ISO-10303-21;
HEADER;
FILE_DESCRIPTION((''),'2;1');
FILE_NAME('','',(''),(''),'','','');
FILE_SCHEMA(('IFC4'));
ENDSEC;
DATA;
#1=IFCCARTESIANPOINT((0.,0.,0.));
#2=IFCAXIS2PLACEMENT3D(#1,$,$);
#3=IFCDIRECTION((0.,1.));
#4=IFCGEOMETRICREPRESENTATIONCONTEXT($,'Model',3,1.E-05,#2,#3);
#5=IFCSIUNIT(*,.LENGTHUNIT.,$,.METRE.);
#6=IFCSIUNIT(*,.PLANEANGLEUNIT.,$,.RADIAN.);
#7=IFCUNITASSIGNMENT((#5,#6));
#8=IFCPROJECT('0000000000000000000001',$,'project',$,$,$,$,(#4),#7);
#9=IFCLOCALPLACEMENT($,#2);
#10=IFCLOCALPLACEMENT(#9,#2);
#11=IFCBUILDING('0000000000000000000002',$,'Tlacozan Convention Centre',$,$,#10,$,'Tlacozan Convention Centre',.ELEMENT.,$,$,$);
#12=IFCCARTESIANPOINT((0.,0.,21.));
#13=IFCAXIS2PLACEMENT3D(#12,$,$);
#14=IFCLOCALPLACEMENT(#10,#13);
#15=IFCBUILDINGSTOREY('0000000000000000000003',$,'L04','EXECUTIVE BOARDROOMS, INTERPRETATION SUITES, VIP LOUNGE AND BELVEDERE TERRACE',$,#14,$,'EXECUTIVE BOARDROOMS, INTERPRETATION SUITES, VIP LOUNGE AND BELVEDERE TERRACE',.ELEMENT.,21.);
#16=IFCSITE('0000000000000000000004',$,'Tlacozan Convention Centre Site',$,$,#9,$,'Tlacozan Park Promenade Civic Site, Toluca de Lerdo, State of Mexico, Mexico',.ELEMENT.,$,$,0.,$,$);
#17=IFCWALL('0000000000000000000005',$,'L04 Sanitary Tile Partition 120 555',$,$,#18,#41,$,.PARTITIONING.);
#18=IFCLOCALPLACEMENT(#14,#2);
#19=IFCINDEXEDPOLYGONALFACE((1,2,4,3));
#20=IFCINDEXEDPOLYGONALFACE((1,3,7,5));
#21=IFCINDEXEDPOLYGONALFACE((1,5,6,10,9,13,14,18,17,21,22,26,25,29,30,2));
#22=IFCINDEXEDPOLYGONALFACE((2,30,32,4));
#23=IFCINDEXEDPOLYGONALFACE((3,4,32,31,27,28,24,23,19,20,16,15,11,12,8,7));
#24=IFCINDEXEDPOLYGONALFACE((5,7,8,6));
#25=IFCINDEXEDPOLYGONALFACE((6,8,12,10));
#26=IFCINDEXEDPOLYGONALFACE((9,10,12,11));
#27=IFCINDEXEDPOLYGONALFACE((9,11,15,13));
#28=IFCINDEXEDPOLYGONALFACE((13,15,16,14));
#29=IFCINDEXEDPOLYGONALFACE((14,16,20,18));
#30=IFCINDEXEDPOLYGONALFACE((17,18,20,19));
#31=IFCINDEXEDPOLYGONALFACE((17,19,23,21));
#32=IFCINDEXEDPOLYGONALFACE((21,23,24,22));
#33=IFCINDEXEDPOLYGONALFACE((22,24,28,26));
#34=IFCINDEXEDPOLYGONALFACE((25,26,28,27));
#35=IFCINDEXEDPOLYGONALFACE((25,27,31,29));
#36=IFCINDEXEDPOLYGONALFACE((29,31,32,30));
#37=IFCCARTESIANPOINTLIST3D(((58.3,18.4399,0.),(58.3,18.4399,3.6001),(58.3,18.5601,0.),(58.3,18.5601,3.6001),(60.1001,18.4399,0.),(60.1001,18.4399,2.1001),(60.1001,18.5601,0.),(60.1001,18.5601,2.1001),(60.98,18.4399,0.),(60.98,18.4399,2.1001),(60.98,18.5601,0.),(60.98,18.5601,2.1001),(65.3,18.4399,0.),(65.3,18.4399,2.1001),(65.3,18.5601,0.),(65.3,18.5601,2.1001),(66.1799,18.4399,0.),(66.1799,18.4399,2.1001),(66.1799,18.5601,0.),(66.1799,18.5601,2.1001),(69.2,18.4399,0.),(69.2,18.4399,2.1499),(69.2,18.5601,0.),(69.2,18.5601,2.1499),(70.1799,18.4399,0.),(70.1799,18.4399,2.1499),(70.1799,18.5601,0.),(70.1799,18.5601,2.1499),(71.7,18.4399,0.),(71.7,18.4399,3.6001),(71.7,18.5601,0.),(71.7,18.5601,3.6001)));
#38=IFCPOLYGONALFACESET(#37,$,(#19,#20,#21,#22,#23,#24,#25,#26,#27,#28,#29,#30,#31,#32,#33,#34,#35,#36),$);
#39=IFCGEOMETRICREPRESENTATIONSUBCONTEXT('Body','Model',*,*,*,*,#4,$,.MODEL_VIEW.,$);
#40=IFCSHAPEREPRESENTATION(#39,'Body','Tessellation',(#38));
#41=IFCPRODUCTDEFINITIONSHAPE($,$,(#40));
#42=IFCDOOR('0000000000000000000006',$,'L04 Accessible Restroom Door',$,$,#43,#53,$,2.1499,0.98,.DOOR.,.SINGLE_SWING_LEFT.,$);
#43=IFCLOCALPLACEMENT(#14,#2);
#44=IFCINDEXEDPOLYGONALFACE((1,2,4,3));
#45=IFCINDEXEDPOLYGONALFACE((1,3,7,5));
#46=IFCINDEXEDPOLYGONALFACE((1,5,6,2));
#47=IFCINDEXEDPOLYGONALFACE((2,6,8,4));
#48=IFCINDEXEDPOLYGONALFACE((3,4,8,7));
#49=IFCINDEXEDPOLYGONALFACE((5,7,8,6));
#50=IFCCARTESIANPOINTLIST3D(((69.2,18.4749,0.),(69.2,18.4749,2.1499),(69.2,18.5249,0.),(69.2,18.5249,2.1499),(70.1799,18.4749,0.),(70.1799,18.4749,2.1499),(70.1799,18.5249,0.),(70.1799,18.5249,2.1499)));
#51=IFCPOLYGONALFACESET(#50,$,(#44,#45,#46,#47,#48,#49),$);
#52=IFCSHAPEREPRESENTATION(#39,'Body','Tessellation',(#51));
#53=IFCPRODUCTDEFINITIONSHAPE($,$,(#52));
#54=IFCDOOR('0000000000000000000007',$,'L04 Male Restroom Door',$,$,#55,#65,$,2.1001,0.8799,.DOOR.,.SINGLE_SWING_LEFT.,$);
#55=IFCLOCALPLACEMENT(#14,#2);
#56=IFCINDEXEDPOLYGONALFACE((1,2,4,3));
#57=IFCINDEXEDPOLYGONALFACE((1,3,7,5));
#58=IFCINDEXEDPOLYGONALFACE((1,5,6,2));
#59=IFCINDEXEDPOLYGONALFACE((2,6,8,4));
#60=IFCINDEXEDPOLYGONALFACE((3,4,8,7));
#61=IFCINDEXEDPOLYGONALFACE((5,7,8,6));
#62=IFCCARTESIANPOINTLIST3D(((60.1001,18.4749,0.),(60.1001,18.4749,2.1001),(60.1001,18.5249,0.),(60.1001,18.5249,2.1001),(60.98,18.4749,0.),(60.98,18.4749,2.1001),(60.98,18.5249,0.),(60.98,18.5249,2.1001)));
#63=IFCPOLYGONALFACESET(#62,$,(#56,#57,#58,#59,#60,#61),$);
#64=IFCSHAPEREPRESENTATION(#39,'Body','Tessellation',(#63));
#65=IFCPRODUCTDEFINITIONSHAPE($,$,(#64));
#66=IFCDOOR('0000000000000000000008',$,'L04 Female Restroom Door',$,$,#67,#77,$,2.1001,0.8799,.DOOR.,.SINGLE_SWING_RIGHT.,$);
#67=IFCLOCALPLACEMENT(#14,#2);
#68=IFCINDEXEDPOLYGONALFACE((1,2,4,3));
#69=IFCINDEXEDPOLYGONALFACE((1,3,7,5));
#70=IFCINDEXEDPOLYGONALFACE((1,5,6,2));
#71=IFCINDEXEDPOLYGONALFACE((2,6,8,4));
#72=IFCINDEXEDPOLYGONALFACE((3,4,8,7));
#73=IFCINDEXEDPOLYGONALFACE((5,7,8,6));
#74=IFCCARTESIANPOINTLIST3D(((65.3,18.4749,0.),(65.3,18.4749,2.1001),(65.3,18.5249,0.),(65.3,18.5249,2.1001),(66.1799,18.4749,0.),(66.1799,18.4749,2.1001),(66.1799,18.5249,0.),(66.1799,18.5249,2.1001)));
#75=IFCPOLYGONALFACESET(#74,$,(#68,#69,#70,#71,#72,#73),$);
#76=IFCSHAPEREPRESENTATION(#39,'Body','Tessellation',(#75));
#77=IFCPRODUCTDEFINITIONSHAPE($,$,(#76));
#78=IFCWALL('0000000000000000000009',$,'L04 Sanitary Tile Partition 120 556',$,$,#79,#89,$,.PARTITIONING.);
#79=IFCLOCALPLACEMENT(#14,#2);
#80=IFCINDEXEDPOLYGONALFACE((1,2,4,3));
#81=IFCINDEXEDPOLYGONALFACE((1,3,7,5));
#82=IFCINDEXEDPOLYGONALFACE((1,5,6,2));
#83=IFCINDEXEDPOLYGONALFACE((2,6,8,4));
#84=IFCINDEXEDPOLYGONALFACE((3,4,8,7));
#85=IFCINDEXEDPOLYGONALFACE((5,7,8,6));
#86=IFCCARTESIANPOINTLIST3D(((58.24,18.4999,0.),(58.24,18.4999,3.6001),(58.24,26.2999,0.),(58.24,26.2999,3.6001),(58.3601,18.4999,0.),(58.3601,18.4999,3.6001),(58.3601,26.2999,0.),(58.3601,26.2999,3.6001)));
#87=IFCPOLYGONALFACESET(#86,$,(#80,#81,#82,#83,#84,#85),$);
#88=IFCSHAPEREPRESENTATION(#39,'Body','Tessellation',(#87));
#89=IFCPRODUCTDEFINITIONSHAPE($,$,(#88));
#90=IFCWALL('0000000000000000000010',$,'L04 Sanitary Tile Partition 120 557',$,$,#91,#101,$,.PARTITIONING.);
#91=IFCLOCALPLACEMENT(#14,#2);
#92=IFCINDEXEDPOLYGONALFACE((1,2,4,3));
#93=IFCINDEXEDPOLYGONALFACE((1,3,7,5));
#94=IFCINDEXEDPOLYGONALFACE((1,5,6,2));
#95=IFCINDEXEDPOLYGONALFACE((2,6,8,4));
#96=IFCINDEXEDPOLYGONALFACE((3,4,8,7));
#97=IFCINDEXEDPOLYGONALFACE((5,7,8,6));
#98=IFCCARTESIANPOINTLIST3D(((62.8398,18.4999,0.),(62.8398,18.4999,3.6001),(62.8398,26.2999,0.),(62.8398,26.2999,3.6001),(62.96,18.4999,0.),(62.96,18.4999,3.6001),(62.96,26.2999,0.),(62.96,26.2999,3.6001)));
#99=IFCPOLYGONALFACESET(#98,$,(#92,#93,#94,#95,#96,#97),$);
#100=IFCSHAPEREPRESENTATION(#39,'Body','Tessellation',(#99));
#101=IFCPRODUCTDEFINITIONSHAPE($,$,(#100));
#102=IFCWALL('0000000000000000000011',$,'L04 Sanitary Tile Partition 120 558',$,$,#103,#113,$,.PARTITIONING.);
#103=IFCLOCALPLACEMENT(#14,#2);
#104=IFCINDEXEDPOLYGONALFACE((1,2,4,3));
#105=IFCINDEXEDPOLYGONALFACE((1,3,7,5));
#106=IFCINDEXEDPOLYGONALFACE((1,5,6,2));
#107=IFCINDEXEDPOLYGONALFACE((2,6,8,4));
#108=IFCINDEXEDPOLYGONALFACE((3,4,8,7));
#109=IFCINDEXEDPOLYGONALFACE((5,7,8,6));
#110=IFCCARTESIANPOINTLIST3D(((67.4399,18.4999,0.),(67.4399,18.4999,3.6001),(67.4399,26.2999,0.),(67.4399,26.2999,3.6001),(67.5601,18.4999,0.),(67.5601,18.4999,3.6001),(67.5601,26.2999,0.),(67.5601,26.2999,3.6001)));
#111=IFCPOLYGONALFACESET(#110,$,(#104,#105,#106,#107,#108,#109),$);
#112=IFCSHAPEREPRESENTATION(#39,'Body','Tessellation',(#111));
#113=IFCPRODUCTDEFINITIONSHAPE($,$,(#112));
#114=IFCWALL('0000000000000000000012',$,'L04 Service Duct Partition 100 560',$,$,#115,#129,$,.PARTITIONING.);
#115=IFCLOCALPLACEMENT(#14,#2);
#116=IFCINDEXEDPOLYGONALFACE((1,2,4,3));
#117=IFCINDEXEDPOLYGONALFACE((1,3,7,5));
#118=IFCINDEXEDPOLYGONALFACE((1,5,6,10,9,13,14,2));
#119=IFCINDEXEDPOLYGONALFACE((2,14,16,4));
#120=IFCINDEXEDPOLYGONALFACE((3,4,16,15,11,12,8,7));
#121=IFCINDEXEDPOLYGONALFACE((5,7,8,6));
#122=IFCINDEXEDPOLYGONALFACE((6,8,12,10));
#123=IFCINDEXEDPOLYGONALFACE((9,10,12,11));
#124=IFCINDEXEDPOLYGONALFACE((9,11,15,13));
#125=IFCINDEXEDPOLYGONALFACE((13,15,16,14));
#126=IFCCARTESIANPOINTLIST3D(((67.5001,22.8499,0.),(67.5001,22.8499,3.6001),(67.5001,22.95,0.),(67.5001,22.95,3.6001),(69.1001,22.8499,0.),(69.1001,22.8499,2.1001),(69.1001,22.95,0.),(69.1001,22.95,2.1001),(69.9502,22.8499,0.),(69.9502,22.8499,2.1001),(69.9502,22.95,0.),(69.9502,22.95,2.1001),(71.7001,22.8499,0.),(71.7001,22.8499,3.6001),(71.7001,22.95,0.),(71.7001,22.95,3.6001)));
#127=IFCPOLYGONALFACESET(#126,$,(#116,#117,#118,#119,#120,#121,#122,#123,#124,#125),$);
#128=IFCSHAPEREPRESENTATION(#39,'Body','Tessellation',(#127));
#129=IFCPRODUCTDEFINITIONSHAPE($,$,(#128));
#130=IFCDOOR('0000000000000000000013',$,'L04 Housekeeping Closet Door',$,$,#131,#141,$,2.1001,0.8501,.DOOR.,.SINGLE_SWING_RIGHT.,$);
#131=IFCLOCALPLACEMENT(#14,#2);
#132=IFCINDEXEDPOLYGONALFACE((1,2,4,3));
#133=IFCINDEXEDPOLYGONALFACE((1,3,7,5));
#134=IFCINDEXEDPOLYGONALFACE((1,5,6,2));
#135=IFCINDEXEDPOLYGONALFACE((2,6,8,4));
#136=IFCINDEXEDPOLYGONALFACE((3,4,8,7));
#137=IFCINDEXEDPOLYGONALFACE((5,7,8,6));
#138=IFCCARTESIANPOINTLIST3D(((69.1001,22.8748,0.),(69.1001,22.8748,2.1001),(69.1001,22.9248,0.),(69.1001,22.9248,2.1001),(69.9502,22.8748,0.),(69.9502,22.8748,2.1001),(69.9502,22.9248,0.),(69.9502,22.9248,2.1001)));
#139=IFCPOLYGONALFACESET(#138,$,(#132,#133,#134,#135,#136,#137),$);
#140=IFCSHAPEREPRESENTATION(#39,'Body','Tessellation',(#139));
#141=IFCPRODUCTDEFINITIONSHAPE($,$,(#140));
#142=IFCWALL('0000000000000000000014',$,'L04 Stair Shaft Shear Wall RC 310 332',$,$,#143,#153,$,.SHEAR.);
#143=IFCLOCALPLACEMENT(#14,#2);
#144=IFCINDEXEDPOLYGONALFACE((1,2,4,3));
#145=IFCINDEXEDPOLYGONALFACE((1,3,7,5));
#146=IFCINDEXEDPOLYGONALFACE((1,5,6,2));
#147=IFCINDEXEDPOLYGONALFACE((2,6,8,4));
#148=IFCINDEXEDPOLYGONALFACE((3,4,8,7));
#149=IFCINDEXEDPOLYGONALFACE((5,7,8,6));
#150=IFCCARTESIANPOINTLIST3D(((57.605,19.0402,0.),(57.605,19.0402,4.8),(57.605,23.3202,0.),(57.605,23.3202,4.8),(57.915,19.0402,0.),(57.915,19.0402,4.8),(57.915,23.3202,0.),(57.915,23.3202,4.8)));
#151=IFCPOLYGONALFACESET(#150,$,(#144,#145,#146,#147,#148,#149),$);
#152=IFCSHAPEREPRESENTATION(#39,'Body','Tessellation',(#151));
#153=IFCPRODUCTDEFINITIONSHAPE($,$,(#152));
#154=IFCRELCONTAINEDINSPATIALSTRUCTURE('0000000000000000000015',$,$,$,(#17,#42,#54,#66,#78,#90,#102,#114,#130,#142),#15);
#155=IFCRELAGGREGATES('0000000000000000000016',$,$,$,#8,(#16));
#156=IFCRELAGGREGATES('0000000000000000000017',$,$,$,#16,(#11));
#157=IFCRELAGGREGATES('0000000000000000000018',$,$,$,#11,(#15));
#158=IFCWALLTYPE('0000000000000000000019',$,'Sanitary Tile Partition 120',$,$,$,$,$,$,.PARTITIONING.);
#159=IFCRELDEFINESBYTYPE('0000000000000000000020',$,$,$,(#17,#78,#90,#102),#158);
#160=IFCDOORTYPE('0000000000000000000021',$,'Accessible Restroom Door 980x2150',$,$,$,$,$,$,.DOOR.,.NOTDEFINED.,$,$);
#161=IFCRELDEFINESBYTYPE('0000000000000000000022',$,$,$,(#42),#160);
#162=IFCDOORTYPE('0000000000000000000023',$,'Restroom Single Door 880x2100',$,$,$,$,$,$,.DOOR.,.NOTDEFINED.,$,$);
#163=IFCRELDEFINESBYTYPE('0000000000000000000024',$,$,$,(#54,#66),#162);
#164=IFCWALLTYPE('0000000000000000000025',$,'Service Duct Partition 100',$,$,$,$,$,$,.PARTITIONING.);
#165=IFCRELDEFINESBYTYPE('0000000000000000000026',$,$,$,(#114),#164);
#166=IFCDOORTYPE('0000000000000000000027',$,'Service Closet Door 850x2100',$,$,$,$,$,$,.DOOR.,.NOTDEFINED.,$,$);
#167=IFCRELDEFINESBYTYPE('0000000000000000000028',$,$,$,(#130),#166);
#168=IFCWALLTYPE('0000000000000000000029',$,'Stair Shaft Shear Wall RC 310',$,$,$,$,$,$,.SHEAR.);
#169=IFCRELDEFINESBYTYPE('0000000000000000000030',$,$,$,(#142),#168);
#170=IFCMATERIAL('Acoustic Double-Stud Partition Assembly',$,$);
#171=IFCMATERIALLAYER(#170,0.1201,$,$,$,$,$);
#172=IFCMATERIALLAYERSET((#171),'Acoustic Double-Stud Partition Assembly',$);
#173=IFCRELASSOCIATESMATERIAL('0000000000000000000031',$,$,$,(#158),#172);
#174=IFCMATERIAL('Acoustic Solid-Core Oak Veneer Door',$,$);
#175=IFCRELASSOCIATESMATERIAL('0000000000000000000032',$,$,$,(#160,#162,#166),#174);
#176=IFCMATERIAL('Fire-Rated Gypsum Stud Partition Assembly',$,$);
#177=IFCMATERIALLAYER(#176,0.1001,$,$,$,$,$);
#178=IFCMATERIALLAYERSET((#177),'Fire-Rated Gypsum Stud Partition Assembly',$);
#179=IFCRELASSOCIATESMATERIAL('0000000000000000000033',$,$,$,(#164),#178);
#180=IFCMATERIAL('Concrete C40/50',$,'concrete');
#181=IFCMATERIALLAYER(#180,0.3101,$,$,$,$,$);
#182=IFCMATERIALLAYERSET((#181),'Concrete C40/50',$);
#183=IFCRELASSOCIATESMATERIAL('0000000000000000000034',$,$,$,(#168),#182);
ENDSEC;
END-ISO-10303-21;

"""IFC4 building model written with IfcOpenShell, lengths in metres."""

from ifc_helpers import new_model, si_unit, direction, frame, frame_2d, origin, place, context, subcontext, project, spatial, rectangle, extrude, material, layer, layer_set, type_object, element, fill, save


model = new_model("IFC4")

# Units and contexts
model_context = context("Model", 3, precision=1e-05, world=origin(), true_north=direction((0.0, 1.0)))
body_context = subcontext(model_context, "Body", "Model", "MODEL_VIEW")
ifc_project = project(units=[si_unit("LENGTHUNIT", "METRE"), si_unit("PLANEANGLEUNIT", "RADIAN")], contexts=[model_context])

# Site, building, storey
site_placement = place(None, origin())
site = spatial("IfcSite", under=ifc_project, at=site_placement, Name="Tlacozan Convention Centre Site", LongName="Tlacozan Park Promenade Civic Site, Toluca de Lerdo, State of Mexico, Mexico", CompositionType="ELEMENT", RefElevation=0.0)
building_placement = place(site_placement, origin())
building = spatial("IfcBuilding", under=site, at=building_placement, Name="Tlacozan Convention Centre", LongName="Tlacozan Convention Centre", CompositionType="ELEMENT")
storey_placement = place(building_placement, frame((0.0, 0.0, 21.0)))
storey = spatial("IfcBuildingStorey", under=building, at=storey_placement, Name="L04", Description="EXECUTIVE BOARDROOMS, INTERPRETATION SUITES, VIP LOUNGE AND BELVEDERE TERRACE", LongName="EXECUTIVE BOARDROOMS, INTERPRETATION SUITES, VIP LOUNGE AND BELVEDERE TERRACE", CompositionType="ELEMENT", Elevation=21.0)

# Shared definitions
ifc_material_1 = material(Name="Concrete C40/50", Category="concrete")

# Wall, openings, doors
ifc_material_2 = material(Name="Acoustic Double-Stud Partition Assembly")
ifc_layer_1 = layer(ifc_material_2, 0.1201)
ifc_layer_set_1 = layer_set([ifc_layer_1], Name="Acoustic Double-Stud Partition Assembly")
wall_type_1 = type_object("IfcWallType", Name="Sanitary Tile Partition 120", PredefinedType="PARTITIONING", material=ifc_layer_set_1)
wall_1_placement = place(storey_placement, frame((58.3, 18.5, 0.0), z_axis=(0.0, 0.0, 1.0), x_axis=(1.0, 0.0, 0.0)))
wall_1 = element("IfcWall", 1, at=wall_1_placement, inside=storey, type_object=wall_type_1, Name="L04 Sanitary Tile Partition 120 555", PredefinedType="PARTITIONING", context=body_context, shape_type="SweptSolid", body=[
    extrude(rectangle(XDim=13.3999, YDim=0.1201, at=frame_2d((6.7, 0.0))), origin(), (0.0, 0.0, 1.0), 3.6001),
])
opening_1_placement = place(wall_1_placement, frame((1.8, 0.0, 0.0)))
opening_1 = element("IfcOpeningElement", 2, at=opening_1_placement, cuts=wall_1, PredefinedType="OPENING", context=body_context, shape_type="SweptSolid", body=[
    extrude(rectangle(XDim=0.8799, YDim=2.1001, at=frame_2d((0.4399, 1.05))), frame((0.0, 0.0701, 0.0), z_axis=(0.0, -1.0, 0.0), x_axis=(1.0, 0.0, 0.0)), (0.0, 0.0, 1.0), 0.1401),
])
opening_2_placement = place(wall_1_placement, frame((7.0, 0.0, 0.0)))
opening_2 = element("IfcOpeningElement", 3, at=opening_2_placement, cuts=wall_1, PredefinedType="OPENING", context=body_context, shape_type="SweptSolid", body=[
    extrude(rectangle(XDim=0.8799, YDim=2.1001, at=frame_2d((0.4399, 1.05))), frame((0.0, 0.0701, 0.0), z_axis=(0.0, -1.0, 0.0), x_axis=(1.0, 0.0, 0.0)), (0.0, 0.0, 1.0), 0.1401),
])
opening_3_placement = place(wall_1_placement, frame((10.8999, 0.0, 0.0)))
opening_3 = element("IfcOpeningElement", 4, at=opening_3_placement, cuts=wall_1, PredefinedType="OPENING", context=body_context, shape_type="SweptSolid", body=[
    extrude(rectangle(XDim=0.98, YDim=2.1499, at=frame_2d((0.49, 1.075))), frame((0.0, 0.0701, 0.0), z_axis=(0.0, -1.0, 0.0), x_axis=(1.0, 0.0, 0.0)), (0.0, 0.0, 1.0), 0.1401),
])
ifc_material_3 = material(Name="Acoustic Solid-Core Oak Veneer Door")
door_type_1 = type_object("IfcDoorType", Name="Accessible Restroom Door 980x2150", OperationType="NOTDEFINED", PredefinedType="DOOR", material=ifc_material_3)
door_1_placement = place(opening_3_placement, origin())
door_1 = element("IfcDoor", 5, at=door_1_placement, inside=storey, type_object=door_type_1, Name="L04 Accessible Restroom Door", OperationType="SINGLE_SWING_LEFT", OverallHeight=2.1499, OverallWidth=0.98, PredefinedType="DOOR", context=body_context, shape_type="SweptSolid", body=[
    extrude(rectangle(XDim=0.98, YDim=2.1499, at=frame_2d((0.49, 1.075))), frame((0.0, 0.0249, 0.0), z_axis=(0.0, -1.0, 0.0), x_axis=(1.0, 0.0, 0.0)), (0.0, 0.0, 1.0), 0.05),
])
fill(opening_3, door_1)
door_type_2 = type_object("IfcDoorType", Name="Restroom Single Door 880x2100", OperationType="NOTDEFINED", PredefinedType="DOOR", material=ifc_material_3)
door_2_placement = place(opening_1_placement, origin())
door_2 = element("IfcDoor", 6, at=door_2_placement, inside=storey, type_object=door_type_2, Name="L04 Male Restroom Door", OperationType="SINGLE_SWING_LEFT", OverallHeight=2.1001, OverallWidth=0.8799, PredefinedType="DOOR", context=body_context, shape_type="SweptSolid", body=[
    extrude(rectangle(XDim=0.8799, YDim=2.1001, at=frame_2d((0.4399, 1.05))), frame((0.0, 0.0249, 0.0), z_axis=(0.0, -1.0, 0.0), x_axis=(1.0, 0.0, 0.0)), (0.0, 0.0, 1.0), 0.05),
])
fill(opening_1, door_2)
door_3_placement = place(opening_2_placement, origin())
door_3 = element("IfcDoor", 7, at=door_3_placement, inside=storey, type_object=door_type_2, Name="L04 Female Restroom Door", OperationType="SINGLE_SWING_RIGHT", OverallHeight=2.1001, OverallWidth=0.8799, PredefinedType="DOOR", context=body_context, shape_type="SweptSolid", body=[
    extrude(rectangle(XDim=0.8799, YDim=2.1001, at=frame_2d((0.4399, 1.05))), frame((0.0, 0.0249, 0.0), z_axis=(0.0, -1.0, 0.0), x_axis=(1.0, 0.0, 0.0)), (0.0, 0.0, 1.0), 0.05),
])
fill(opening_2, door_3)

# Walls
for number, where, z_axis, x_axis, name in (
    (8, (58.3, 18.5, 0.0), (0.0, 0.0, 1.0), (0.0, 1.0, 0.0), "L04 Sanitary Tile Partition 120 556"),
    (9, (62.8999, 18.5, 0.0), (0.0, 0.0, 1.0), (0.0, 1.0, 0.0), "L04 Sanitary Tile Partition 120 557"),
    (10, (67.5, 18.5, 0.0), (0.0, 0.0, 1.0), (0.0, 1.0, 0.0), "L04 Sanitary Tile Partition 120 558"),
):
    element("IfcWall", number, at=place(storey_placement, frame(where, z_axis=z_axis, x_axis=x_axis)), inside=storey, type_object=wall_type_1, Name=name, PredefinedType="PARTITIONING", context=body_context, shape_type="SweptSolid", body=[
        extrude(rectangle(XDim=7.8, YDim=0.1201, at=frame_2d((3.8999, 0.0))), origin(), (0.0, 0.0, 1.0), 3.6001),
    ])

# Wall, opening, door
ifc_material_4 = material(Name="Fire-Rated Gypsum Stud Partition Assembly")
ifc_layer_2 = layer(ifc_material_4, 0.1001)
ifc_layer_set_2 = layer_set([ifc_layer_2], Name="Fire-Rated Gypsum Stud Partition Assembly")
wall_type_2 = type_object("IfcWallType", Name="Service Duct Partition 100", PredefinedType="PARTITIONING", material=ifc_layer_set_2)
wall_2_placement = place(storey_placement, frame((67.5, 22.8999, 0.0), z_axis=(0.0, 0.0, 1.0), x_axis=(1.0, 0.0, 0.0)))
wall_2 = element("IfcWall", 11, at=wall_2_placement, inside=storey, type_object=wall_type_2, Name="L04 Service Duct Partition 100 560", PredefinedType="PARTITIONING", context=body_context, shape_type="SweptSolid", body=[
    extrude(rectangle(XDim=4.2, YDim=0.1001, at=frame_2d((2.1001, 0.0))), origin(), (0.0, 0.0, 1.0), 3.6001),
])
opening_4_placement = place(wall_2_placement, frame((1.6001, 0.0, 0.0)))
opening_4 = element("IfcOpeningElement", 12, at=opening_4_placement, cuts=wall_2, PredefinedType="OPENING", context=body_context, shape_type="SweptSolid", body=[
    extrude(rectangle(XDim=0.8501, YDim=2.1001, at=frame_2d((0.425, 1.05))), frame((0.0, 0.0601, 0.0), z_axis=(0.0, -1.0, 0.0), x_axis=(1.0, 0.0, 0.0)), (0.0, 0.0, 1.0), 0.1201),
])
door_type_3 = type_object("IfcDoorType", Name="Service Closet Door 850x2100", OperationType="NOTDEFINED", PredefinedType="DOOR", material=ifc_material_3)
door_4_placement = place(opening_4_placement, origin())
door_4 = element("IfcDoor", 13, at=door_4_placement, inside=storey, type_object=door_type_3, Name="L04 Housekeeping Closet Door", OperationType="SINGLE_SWING_RIGHT", OverallHeight=2.1001, OverallWidth=0.8501, PredefinedType="DOOR", context=body_context, shape_type="SweptSolid", body=[
    extrude(rectangle(XDim=0.8501, YDim=2.1001, at=frame_2d((0.425, 1.05))), frame((0.0, 0.0249, 0.0), z_axis=(0.0, -1.0, 0.0), x_axis=(1.0, 0.0, 0.0)), (0.0, 0.0, 1.0), 0.05),
])
fill(opening_4, door_4)

# Wall
ifc_layer_3 = layer(ifc_material_1, 0.3101)
ifc_layer_set_3 = layer_set([ifc_layer_3], Name="Concrete C40/50")
wall_type_3 = type_object("IfcWallType", Name="Stair Shaft Shear Wall RC 310", PredefinedType="SHEAR", material=ifc_layer_set_3)
wall_3_placement = place(storey_placement, frame((57.76, 19.04, 0.0), z_axis=(0.0, 0.0, 1.0), x_axis=(0.0, 1.0, 0.0)))
element("IfcWall", 14, at=wall_3_placement, inside=storey, type_object=wall_type_3, Name="L04 Stair Shaft Shear Wall RC 310 332", PredefinedType="SHEAR", context=body_context, shape_type="SweptSolid", body=[
    extrude(rectangle(XDim=4.28, YDim=0.3101, at=frame_2d((2.1401, 0.0))), origin(), (0.0, 0.0, 1.0), 4.8),
])

save(model, "model.ifc")
